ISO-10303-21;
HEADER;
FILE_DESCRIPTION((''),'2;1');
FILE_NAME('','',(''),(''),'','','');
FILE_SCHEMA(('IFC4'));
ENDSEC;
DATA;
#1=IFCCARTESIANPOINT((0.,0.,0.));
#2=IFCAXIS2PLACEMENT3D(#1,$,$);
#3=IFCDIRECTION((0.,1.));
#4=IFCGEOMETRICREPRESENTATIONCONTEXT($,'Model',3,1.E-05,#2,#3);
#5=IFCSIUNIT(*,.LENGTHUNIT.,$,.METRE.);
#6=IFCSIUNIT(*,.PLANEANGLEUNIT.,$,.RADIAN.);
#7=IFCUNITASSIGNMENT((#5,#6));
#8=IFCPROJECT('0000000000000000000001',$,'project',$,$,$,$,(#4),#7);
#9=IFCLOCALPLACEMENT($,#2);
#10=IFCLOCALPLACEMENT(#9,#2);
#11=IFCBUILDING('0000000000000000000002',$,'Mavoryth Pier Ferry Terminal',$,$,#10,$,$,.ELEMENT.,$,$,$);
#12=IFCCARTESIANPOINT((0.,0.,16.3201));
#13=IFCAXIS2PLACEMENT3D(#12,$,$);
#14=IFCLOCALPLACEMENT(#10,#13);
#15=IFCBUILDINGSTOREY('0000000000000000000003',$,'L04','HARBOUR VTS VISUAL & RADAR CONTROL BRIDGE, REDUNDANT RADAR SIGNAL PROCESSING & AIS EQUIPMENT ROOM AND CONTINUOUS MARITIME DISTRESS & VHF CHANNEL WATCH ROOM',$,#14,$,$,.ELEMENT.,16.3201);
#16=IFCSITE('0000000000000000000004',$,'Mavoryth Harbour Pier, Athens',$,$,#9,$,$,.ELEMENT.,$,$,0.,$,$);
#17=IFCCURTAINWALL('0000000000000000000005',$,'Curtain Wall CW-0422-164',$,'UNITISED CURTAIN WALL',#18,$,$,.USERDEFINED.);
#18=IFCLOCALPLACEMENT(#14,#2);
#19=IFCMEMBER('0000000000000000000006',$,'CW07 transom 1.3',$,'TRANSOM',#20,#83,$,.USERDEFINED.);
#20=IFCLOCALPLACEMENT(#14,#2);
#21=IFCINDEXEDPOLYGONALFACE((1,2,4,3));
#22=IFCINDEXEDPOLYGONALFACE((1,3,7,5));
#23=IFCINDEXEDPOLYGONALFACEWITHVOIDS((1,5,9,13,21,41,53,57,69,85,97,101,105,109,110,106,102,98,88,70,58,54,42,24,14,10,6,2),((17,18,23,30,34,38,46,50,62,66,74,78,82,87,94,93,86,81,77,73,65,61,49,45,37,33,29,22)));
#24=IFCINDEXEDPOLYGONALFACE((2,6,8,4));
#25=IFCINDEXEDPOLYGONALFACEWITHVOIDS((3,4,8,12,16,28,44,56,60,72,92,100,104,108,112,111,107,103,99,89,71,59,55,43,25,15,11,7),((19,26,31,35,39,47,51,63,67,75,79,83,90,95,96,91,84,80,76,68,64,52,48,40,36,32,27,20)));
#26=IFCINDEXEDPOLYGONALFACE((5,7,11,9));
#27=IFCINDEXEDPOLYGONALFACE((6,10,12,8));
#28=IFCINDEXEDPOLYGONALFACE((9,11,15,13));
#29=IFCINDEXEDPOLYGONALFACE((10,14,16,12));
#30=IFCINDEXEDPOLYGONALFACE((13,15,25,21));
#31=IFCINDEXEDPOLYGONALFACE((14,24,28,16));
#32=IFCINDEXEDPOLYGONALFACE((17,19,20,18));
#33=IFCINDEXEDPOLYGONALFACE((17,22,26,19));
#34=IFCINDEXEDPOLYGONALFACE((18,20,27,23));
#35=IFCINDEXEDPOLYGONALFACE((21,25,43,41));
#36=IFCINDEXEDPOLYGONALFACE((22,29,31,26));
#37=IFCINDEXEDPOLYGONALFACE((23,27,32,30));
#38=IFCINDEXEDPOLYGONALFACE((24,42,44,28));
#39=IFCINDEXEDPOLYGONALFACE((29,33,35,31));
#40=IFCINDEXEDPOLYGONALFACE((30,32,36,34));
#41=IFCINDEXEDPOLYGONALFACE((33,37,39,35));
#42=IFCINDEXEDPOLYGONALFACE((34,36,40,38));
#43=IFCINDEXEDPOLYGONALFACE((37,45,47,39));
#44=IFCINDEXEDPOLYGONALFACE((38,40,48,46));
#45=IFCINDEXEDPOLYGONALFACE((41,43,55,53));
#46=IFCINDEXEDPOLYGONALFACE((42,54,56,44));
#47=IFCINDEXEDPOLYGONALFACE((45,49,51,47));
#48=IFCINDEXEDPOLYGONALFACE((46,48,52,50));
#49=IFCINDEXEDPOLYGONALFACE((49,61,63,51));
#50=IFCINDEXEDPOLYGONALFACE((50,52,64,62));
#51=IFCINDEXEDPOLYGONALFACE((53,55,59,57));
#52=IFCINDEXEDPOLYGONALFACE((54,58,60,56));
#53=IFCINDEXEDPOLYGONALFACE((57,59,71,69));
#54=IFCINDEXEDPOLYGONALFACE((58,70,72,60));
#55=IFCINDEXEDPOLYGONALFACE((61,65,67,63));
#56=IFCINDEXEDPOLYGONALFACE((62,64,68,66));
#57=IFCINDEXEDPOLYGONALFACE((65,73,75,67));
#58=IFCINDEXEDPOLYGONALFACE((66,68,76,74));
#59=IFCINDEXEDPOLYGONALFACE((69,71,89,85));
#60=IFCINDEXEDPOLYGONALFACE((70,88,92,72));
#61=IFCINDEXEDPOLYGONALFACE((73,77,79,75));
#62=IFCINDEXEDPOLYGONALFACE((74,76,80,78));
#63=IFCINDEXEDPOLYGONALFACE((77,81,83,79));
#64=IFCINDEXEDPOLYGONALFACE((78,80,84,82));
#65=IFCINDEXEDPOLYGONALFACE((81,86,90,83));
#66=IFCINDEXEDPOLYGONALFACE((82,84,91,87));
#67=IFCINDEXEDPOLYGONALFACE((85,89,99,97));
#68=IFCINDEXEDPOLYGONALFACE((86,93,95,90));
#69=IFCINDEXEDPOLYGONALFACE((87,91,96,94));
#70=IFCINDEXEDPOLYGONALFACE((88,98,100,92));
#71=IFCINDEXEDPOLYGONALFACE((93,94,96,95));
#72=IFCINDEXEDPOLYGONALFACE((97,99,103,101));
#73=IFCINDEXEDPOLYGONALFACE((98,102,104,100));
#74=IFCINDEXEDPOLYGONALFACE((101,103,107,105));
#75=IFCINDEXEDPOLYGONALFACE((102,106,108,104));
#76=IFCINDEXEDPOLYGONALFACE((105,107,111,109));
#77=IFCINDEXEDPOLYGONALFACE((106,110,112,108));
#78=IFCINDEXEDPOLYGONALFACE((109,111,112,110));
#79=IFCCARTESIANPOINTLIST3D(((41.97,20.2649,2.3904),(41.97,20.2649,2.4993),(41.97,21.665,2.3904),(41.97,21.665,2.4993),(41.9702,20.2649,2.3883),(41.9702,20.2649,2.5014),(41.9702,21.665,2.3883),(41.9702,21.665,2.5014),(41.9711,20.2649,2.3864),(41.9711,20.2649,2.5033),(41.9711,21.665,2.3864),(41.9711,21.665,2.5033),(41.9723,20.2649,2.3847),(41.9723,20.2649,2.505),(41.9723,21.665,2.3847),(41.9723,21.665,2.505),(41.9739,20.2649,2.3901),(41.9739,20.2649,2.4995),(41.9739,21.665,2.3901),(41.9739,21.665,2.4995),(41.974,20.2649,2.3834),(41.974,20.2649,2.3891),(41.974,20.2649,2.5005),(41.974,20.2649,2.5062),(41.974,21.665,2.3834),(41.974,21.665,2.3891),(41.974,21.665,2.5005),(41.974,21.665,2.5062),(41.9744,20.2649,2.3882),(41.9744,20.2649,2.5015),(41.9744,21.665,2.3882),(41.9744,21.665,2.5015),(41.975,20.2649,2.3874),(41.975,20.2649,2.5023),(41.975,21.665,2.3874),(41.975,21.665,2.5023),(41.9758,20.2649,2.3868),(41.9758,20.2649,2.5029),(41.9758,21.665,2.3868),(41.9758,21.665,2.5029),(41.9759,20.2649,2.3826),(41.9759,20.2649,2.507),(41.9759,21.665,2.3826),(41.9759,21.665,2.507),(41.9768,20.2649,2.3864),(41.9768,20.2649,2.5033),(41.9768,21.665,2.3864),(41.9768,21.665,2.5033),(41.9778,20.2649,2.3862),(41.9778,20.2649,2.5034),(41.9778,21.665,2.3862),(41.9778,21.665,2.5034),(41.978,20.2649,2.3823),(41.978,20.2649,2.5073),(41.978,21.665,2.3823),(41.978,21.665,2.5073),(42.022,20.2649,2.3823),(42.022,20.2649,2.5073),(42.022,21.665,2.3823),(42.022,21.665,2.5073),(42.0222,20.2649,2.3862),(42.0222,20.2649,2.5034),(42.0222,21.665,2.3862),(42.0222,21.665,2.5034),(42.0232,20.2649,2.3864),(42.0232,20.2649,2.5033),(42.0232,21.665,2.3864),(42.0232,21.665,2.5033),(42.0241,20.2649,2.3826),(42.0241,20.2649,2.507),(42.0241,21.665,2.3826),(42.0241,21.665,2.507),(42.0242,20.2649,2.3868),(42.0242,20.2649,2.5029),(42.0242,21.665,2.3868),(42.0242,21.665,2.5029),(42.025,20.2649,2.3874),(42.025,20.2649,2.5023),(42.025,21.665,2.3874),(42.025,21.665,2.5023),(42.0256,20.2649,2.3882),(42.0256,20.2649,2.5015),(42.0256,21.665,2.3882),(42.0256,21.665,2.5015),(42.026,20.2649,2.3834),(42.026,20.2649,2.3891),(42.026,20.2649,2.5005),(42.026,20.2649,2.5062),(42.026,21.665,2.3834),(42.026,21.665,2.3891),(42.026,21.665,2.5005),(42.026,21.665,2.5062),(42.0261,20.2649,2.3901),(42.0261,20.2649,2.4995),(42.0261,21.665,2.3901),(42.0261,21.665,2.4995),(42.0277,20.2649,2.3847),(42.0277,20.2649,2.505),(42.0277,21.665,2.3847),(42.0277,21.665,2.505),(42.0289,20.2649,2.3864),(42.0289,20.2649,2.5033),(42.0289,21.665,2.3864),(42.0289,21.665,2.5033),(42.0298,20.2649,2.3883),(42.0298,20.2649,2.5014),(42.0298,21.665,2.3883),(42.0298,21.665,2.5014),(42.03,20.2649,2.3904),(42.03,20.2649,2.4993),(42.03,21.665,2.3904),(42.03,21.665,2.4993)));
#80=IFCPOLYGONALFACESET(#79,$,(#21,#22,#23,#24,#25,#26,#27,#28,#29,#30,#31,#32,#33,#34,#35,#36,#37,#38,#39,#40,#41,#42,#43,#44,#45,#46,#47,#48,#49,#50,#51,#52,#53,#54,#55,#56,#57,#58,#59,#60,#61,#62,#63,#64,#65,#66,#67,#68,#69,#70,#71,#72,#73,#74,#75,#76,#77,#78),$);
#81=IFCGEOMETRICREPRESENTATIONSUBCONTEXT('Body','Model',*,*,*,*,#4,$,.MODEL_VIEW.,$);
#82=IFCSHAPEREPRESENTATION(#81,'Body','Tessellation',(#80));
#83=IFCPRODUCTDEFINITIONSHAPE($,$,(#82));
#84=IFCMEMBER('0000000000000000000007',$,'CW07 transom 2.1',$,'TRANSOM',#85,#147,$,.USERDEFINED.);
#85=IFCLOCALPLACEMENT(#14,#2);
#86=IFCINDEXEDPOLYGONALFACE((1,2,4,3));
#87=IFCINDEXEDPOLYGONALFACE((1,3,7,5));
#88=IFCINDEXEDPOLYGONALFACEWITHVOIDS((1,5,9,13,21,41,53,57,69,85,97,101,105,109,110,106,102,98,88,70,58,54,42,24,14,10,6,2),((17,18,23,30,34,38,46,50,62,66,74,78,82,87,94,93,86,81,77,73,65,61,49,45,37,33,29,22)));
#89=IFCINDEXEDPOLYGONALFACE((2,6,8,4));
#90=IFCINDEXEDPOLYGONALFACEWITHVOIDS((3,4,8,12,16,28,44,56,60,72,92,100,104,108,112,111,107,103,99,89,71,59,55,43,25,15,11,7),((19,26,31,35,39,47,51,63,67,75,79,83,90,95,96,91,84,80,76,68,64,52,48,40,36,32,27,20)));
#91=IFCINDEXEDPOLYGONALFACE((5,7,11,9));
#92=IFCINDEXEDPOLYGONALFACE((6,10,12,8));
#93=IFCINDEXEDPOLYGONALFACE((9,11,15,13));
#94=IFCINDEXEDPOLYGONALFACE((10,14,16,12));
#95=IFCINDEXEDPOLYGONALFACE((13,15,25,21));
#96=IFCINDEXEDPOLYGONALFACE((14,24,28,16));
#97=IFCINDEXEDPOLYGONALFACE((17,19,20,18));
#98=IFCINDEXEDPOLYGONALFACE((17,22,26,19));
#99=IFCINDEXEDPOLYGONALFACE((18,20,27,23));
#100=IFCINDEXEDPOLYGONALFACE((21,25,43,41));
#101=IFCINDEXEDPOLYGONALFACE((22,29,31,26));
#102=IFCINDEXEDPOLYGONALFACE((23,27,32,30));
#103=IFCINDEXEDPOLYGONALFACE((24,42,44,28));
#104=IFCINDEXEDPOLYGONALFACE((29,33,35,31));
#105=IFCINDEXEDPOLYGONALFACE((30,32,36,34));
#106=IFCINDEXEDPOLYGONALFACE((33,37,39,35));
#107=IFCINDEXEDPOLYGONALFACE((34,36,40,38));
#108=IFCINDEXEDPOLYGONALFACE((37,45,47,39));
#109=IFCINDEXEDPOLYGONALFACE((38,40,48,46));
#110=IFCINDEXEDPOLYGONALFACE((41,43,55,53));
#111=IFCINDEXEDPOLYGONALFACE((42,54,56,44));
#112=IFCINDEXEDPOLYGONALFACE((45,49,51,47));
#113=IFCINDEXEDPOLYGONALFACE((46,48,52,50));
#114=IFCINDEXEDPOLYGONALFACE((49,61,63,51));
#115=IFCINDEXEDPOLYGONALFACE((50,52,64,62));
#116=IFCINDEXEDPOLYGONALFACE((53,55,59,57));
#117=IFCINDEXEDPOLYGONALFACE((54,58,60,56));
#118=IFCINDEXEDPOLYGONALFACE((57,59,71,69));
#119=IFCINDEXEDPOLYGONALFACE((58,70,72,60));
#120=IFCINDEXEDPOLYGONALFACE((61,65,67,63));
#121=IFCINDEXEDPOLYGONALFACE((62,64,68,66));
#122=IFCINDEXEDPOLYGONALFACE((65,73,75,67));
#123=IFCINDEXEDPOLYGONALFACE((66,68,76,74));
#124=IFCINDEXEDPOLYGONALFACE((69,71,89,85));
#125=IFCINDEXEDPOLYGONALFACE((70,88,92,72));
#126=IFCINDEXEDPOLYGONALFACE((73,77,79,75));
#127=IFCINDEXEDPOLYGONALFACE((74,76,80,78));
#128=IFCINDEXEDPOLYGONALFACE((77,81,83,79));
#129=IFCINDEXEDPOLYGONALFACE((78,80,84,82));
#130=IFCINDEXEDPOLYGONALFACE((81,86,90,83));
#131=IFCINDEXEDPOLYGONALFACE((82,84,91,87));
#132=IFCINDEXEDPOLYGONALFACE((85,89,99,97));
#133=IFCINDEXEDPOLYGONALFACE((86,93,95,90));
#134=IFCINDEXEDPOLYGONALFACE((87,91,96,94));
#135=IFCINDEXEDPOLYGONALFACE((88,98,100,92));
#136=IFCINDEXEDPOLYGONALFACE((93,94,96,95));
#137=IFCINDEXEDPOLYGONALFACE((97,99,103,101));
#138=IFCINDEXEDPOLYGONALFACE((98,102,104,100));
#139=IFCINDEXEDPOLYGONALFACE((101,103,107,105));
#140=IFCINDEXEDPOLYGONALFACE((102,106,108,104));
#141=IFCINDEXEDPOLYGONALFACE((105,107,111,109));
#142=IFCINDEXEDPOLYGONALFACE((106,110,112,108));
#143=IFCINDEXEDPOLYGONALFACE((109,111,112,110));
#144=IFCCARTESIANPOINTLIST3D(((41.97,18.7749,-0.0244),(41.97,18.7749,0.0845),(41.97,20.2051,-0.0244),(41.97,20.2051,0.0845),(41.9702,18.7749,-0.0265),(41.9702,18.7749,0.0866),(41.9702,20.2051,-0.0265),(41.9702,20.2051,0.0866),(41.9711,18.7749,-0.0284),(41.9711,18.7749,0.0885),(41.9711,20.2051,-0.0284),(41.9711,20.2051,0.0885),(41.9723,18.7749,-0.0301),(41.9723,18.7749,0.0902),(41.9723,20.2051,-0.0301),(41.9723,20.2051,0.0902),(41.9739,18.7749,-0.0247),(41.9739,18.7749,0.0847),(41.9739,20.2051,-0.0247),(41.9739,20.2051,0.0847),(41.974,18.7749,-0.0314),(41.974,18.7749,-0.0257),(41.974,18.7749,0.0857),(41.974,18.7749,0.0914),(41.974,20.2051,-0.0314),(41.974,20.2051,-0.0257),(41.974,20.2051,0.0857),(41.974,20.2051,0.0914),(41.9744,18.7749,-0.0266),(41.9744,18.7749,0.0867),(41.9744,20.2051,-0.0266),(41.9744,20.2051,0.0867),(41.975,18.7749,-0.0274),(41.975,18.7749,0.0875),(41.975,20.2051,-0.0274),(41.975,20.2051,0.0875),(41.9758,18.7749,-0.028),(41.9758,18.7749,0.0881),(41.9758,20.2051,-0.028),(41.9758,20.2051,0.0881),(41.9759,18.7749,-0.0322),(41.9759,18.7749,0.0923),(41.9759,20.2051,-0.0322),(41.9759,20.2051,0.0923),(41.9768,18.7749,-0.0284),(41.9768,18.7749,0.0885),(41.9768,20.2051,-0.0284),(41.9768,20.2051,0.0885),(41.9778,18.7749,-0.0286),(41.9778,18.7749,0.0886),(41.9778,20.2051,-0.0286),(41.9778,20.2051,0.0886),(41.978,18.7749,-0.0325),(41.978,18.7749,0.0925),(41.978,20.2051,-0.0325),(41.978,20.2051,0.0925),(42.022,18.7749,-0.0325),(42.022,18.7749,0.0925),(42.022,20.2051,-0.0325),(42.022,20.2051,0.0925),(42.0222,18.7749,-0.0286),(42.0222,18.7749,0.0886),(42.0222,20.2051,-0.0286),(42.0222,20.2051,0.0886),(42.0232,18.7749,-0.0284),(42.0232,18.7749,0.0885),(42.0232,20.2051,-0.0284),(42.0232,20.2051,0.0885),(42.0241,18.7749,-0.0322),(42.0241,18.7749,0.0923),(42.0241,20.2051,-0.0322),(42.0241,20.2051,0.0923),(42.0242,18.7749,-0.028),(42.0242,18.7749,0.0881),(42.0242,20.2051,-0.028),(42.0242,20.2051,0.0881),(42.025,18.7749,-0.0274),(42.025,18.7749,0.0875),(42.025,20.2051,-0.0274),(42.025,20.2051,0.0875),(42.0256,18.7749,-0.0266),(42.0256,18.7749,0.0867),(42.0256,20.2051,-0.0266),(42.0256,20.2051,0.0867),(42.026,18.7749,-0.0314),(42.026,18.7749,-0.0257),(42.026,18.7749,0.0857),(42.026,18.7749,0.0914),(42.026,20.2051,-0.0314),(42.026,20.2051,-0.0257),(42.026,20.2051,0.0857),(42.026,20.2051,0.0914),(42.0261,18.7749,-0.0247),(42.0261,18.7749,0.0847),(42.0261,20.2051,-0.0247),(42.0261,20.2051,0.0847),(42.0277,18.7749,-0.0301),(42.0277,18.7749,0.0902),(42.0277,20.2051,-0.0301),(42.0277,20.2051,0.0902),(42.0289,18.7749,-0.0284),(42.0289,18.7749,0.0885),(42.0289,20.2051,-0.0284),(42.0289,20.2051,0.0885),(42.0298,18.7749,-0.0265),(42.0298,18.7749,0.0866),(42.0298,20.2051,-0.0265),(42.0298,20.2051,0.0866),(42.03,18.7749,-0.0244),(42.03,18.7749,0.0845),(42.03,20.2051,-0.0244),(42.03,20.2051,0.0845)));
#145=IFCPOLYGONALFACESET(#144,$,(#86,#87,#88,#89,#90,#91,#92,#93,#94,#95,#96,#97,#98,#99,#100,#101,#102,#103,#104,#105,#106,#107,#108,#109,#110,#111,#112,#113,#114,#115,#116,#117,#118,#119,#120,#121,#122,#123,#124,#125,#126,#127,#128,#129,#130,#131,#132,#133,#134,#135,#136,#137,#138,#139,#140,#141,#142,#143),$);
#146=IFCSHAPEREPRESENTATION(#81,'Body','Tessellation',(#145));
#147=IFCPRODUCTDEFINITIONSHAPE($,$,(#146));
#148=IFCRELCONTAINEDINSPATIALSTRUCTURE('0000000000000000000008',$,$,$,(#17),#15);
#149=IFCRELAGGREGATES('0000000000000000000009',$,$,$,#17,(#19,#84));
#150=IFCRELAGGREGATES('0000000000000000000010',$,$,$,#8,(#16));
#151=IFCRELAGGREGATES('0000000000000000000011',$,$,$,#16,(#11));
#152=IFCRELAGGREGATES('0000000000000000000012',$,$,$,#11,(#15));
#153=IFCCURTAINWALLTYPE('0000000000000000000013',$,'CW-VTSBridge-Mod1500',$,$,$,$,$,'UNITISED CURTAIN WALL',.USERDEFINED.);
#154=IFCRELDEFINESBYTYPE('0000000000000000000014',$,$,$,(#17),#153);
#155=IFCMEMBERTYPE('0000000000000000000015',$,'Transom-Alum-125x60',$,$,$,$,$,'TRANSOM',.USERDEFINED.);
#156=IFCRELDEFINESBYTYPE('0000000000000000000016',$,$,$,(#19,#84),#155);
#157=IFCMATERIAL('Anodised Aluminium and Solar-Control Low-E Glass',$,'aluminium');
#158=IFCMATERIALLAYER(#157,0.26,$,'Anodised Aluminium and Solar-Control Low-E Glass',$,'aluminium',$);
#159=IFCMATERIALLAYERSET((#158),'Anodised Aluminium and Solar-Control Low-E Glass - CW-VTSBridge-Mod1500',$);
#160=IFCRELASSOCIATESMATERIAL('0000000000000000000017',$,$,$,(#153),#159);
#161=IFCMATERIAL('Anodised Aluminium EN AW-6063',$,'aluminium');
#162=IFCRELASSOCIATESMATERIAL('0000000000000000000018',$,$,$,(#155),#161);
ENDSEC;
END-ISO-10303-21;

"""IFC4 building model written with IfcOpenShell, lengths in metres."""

from ifc_helpers import new_model, si_unit, direction, frame, origin, origin_2d, place, context, subcontext, project, spatial, hollow_rectangle, extrude, material, layer, layer_set, material_profile, profile_set, type_object, element, aggregate, save


model = new_model("IFC4")

# Units and contexts
model_context = context("Model", 3, precision=1e-05, world=origin(), true_north=direction((0.0, 1.0)))
body_context = subcontext(model_context, "Body", "Model", "MODEL_VIEW")
ifc_project = project(units=[si_unit("LENGTHUNIT", "METRE"), si_unit("PLANEANGLEUNIT", "RADIAN")], contexts=[model_context])

# Site, building, storey
site_placement = place(None, origin())
site = spatial("IfcSite", under=ifc_project, at=site_placement, Name="Mavoryth Harbour Pier, Athens", CompositionType="ELEMENT", RefElevation=0.0)
building_placement = place(site_placement, origin())
building = spatial("IfcBuilding", under=site, at=building_placement, Name="Mavoryth Pier Ferry Terminal", CompositionType="ELEMENT")
storey_placement = place(building_placement, frame((0.0, 0.0, 16.3201)))
storey = spatial("IfcBuildingStorey", under=building, at=storey_placement, Name="L04", Description="HARBOUR VTS VISUAL & RADAR CONTROL BRIDGE, REDUNDANT RADAR SIGNAL PROCESSING & AIS EQUIPMENT ROOM AND CONTINUOUS MARITIME DISTRESS & VHF CHANNEL WATCH ROOM", CompositionType="ELEMENT", Elevation=16.3201)

# Curtain wall, members
ifc_material_1 = material(Name="Anodised Aluminium and Solar-Control Low-E Glass", Category="aluminium")
ifc_layer_1 = layer(ifc_material_1, 0.26, Name="Anodised Aluminium and Solar-Control Low-E Glass", Category="aluminium")
ifc_layer_set_1 = layer_set([ifc_layer_1], Name="Anodised Aluminium and Solar-Control Low-E Glass - CW-VTSBridge-Mod1500")
curtain_wall_type = type_object("IfcCurtainWallType", Name="CW-VTSBridge-Mod1500", ElementType="UNITISED CURTAIN WALL", PredefinedType="USERDEFINED", material=ifc_layer_set_1)
curtain_wall_placement = place(storey_placement, origin())
curtain_wall = element("IfcCurtainWall", 1, at=curtain_wall_placement, inside=storey, type_object=curtain_wall_type, Name="Curtain Wall CW-0422-164", ObjectType="UNITISED CURTAIN WALL", PredefinedType="USERDEFINED")
ifc_material_2 = material(Name="Anodised Aluminium EN AW-6063", Category="aluminium")
ifc_material_profile_1 = material_profile(ifc_material_2, hollow_rectangle(XDim=0.0601, YDim=0.125, WallThickness=0.0039, InnerFilletRadius=0.0039, OuterFilletRadius=0.0081, at=origin_2d()), Name="AL-TRAN 125x60x4", Category="aluminium")
ifc_profile_set_1 = profile_set([ifc_material_profile_1], Name="Anodised Aluminium EN AW-6063 - AL-TRAN 125x60x4")
member_type_1 = type_object("IfcMemberType", Name="Transom-Alum-125x60", ElementType="TRANSOM", PredefinedType="USERDEFINED", material=ifc_profile_set_1)
member_1_placement = place(storey_placement, frame((42.0, 21.665, 2.4448), z_axis=(0.0, -1.0, 0.0), x_axis=(1.0, 0.0, 0.0)))
member_1 = element("IfcMember", 2, at=member_1_placement, type_object=member_type_1, Name="CW07 transom 1.3", ObjectType="TRANSOM", PredefinedType="USERDEFINED", context=body_context, shape_type="SweptSolid", body=[
    extrude(hollow_rectangle(XDim=0.0601, YDim=0.125, WallThickness=0.0039, InnerFilletRadius=0.0039, OuterFilletRadius=0.0081, at=origin_2d()), origin(), (0.0, 0.0, 1.0), 1.4001),
])
member_2_placement = place(storey_placement, frame((42.0, 20.2051, 0.03), z_axis=(0.0, -1.0, 0.0), x_axis=(1.0, 0.0, 0.0)))
member_2 = element("IfcMember", 3, at=member_2_placement, type_object=member_type_1, Name="CW07 transom 2.1", ObjectType="TRANSOM", PredefinedType="USERDEFINED", context=body_context, shape_type="SweptSolid", body=[
    extrude(hollow_rectangle(XDim=0.0601, YDim=0.125, WallThickness=0.0039, InnerFilletRadius=0.0039, OuterFilletRadius=0.0081, at=origin_2d()), origin(), (0.0, 0.0, 1.0), 1.4302),
])
aggregate(curtain_wall, [member_1, member_2])

save(model, "model.ifc")
